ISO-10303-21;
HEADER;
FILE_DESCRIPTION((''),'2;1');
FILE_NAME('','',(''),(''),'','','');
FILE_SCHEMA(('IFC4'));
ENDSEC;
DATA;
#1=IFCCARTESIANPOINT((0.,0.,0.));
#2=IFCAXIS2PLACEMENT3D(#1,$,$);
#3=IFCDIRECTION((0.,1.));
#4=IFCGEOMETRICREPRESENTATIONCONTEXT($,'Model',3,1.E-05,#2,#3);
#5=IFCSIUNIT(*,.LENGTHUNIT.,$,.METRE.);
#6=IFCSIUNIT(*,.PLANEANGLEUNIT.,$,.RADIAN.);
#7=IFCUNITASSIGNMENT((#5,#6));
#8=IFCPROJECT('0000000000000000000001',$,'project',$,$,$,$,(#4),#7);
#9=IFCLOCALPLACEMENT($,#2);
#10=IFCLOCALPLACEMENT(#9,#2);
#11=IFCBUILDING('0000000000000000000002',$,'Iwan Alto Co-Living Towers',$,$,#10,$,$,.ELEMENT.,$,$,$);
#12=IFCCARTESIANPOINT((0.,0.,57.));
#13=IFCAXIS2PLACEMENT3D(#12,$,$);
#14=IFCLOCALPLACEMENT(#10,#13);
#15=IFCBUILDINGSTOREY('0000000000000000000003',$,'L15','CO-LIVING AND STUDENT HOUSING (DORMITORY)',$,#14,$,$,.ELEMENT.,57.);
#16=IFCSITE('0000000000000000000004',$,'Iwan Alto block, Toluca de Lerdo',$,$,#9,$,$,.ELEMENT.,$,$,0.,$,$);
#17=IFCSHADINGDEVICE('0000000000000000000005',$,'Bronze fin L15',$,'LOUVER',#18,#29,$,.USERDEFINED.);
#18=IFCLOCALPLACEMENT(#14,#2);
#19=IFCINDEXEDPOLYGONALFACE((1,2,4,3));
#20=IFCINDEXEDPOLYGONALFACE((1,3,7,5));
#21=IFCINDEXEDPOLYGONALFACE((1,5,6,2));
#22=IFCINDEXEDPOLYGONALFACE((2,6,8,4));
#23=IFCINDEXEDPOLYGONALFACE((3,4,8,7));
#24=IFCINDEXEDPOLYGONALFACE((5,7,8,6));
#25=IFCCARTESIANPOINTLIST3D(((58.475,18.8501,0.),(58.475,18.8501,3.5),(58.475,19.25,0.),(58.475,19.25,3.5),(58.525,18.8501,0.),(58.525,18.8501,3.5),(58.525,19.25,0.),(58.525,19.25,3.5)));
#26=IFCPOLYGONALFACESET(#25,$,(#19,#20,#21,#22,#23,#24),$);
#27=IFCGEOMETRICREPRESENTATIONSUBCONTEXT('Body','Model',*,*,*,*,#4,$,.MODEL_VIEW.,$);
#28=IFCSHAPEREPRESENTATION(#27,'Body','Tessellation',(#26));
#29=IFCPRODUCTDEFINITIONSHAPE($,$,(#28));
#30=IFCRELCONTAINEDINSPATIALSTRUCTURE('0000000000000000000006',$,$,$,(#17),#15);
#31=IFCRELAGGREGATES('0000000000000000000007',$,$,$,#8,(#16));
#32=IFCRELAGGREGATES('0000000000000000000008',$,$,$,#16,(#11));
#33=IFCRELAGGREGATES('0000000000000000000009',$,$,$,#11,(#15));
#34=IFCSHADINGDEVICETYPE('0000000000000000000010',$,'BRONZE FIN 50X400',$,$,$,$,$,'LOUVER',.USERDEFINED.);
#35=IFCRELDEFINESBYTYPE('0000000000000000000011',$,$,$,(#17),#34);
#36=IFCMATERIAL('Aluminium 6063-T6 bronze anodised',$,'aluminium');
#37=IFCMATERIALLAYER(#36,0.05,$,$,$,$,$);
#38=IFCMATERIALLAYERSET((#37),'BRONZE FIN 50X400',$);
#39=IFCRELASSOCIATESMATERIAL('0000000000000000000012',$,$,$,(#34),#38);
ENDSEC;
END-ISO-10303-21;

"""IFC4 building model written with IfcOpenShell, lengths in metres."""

from ifc_helpers import new_model, si_unit, direction, frame, origin, origin_2d, place, context, subcontext, project, spatial, rectangle, extrude, material, layer, layer_set, type_object, element, save


model = new_model("IFC4")

# Units and contexts
model_context = context("Model", 3, precision=1e-05, world=origin(), true_north=direction((0.0, 1.0)))
body_context = subcontext(model_context, "Body", "Model", "MODEL_VIEW")
ifc_project = project(units=[si_unit("LENGTHUNIT", "METRE"), si_unit("PLANEANGLEUNIT", "RADIAN")], contexts=[model_context])

# Site, building, storey
site_placement = place(None, origin())
site = spatial("IfcSite", under=ifc_project, at=site_placement, Name="Iwan Alto block, Toluca de Lerdo", CompositionType="ELEMENT", RefElevation=0.0)
building_placement = place(site_placement, origin())
building = spatial("IfcBuilding", under=site, at=building_placement, Name="Iwan Alto Co-Living Towers", CompositionType="ELEMENT")
storey_placement = place(building_placement, frame((0.0, 0.0, 57.0)))
storey = spatial("IfcBuildingStorey", under=building, at=storey_placement, Name="L15", Description="CO-LIVING AND STUDENT HOUSING (DORMITORY)", CompositionType="ELEMENT", Elevation=57.0)

# Shading device
ifc_material_1 = material(Name="Aluminium 6063-T6 bronze anodised", Category="aluminium")
ifc_layer_1 = layer(ifc_material_1, 0.05)
ifc_layer_set_1 = layer_set([ifc_layer_1], Name="BRONZE FIN 50X400")
shading_device_type = type_object("IfcShadingDeviceType", Name="BRONZE FIN 50X400", ElementType="LOUVER", PredefinedType="USERDEFINED", material=ifc_layer_set_1)
shading_device_placement = place(storey_placement, frame((58.5, 19.05, 0.0), z_axis=(0.0, 0.0, 1.0), x_axis=(-1.0, 0.0, 0.0)))
element("IfcShadingDevice", 1, at=shading_device_placement, inside=storey, type_object=shading_device_type, Name="Bronze fin L15", ObjectType="LOUVER", PredefinedType="USERDEFINED", context=body_context, shape_type="SweptSolid", body=[
    extrude(rectangle(XDim=0.05, YDim=0.3999, at=origin_2d()), origin(), (0.0, 0.0, 1.0), 3.5),
])

save(model, "model.ifc")
